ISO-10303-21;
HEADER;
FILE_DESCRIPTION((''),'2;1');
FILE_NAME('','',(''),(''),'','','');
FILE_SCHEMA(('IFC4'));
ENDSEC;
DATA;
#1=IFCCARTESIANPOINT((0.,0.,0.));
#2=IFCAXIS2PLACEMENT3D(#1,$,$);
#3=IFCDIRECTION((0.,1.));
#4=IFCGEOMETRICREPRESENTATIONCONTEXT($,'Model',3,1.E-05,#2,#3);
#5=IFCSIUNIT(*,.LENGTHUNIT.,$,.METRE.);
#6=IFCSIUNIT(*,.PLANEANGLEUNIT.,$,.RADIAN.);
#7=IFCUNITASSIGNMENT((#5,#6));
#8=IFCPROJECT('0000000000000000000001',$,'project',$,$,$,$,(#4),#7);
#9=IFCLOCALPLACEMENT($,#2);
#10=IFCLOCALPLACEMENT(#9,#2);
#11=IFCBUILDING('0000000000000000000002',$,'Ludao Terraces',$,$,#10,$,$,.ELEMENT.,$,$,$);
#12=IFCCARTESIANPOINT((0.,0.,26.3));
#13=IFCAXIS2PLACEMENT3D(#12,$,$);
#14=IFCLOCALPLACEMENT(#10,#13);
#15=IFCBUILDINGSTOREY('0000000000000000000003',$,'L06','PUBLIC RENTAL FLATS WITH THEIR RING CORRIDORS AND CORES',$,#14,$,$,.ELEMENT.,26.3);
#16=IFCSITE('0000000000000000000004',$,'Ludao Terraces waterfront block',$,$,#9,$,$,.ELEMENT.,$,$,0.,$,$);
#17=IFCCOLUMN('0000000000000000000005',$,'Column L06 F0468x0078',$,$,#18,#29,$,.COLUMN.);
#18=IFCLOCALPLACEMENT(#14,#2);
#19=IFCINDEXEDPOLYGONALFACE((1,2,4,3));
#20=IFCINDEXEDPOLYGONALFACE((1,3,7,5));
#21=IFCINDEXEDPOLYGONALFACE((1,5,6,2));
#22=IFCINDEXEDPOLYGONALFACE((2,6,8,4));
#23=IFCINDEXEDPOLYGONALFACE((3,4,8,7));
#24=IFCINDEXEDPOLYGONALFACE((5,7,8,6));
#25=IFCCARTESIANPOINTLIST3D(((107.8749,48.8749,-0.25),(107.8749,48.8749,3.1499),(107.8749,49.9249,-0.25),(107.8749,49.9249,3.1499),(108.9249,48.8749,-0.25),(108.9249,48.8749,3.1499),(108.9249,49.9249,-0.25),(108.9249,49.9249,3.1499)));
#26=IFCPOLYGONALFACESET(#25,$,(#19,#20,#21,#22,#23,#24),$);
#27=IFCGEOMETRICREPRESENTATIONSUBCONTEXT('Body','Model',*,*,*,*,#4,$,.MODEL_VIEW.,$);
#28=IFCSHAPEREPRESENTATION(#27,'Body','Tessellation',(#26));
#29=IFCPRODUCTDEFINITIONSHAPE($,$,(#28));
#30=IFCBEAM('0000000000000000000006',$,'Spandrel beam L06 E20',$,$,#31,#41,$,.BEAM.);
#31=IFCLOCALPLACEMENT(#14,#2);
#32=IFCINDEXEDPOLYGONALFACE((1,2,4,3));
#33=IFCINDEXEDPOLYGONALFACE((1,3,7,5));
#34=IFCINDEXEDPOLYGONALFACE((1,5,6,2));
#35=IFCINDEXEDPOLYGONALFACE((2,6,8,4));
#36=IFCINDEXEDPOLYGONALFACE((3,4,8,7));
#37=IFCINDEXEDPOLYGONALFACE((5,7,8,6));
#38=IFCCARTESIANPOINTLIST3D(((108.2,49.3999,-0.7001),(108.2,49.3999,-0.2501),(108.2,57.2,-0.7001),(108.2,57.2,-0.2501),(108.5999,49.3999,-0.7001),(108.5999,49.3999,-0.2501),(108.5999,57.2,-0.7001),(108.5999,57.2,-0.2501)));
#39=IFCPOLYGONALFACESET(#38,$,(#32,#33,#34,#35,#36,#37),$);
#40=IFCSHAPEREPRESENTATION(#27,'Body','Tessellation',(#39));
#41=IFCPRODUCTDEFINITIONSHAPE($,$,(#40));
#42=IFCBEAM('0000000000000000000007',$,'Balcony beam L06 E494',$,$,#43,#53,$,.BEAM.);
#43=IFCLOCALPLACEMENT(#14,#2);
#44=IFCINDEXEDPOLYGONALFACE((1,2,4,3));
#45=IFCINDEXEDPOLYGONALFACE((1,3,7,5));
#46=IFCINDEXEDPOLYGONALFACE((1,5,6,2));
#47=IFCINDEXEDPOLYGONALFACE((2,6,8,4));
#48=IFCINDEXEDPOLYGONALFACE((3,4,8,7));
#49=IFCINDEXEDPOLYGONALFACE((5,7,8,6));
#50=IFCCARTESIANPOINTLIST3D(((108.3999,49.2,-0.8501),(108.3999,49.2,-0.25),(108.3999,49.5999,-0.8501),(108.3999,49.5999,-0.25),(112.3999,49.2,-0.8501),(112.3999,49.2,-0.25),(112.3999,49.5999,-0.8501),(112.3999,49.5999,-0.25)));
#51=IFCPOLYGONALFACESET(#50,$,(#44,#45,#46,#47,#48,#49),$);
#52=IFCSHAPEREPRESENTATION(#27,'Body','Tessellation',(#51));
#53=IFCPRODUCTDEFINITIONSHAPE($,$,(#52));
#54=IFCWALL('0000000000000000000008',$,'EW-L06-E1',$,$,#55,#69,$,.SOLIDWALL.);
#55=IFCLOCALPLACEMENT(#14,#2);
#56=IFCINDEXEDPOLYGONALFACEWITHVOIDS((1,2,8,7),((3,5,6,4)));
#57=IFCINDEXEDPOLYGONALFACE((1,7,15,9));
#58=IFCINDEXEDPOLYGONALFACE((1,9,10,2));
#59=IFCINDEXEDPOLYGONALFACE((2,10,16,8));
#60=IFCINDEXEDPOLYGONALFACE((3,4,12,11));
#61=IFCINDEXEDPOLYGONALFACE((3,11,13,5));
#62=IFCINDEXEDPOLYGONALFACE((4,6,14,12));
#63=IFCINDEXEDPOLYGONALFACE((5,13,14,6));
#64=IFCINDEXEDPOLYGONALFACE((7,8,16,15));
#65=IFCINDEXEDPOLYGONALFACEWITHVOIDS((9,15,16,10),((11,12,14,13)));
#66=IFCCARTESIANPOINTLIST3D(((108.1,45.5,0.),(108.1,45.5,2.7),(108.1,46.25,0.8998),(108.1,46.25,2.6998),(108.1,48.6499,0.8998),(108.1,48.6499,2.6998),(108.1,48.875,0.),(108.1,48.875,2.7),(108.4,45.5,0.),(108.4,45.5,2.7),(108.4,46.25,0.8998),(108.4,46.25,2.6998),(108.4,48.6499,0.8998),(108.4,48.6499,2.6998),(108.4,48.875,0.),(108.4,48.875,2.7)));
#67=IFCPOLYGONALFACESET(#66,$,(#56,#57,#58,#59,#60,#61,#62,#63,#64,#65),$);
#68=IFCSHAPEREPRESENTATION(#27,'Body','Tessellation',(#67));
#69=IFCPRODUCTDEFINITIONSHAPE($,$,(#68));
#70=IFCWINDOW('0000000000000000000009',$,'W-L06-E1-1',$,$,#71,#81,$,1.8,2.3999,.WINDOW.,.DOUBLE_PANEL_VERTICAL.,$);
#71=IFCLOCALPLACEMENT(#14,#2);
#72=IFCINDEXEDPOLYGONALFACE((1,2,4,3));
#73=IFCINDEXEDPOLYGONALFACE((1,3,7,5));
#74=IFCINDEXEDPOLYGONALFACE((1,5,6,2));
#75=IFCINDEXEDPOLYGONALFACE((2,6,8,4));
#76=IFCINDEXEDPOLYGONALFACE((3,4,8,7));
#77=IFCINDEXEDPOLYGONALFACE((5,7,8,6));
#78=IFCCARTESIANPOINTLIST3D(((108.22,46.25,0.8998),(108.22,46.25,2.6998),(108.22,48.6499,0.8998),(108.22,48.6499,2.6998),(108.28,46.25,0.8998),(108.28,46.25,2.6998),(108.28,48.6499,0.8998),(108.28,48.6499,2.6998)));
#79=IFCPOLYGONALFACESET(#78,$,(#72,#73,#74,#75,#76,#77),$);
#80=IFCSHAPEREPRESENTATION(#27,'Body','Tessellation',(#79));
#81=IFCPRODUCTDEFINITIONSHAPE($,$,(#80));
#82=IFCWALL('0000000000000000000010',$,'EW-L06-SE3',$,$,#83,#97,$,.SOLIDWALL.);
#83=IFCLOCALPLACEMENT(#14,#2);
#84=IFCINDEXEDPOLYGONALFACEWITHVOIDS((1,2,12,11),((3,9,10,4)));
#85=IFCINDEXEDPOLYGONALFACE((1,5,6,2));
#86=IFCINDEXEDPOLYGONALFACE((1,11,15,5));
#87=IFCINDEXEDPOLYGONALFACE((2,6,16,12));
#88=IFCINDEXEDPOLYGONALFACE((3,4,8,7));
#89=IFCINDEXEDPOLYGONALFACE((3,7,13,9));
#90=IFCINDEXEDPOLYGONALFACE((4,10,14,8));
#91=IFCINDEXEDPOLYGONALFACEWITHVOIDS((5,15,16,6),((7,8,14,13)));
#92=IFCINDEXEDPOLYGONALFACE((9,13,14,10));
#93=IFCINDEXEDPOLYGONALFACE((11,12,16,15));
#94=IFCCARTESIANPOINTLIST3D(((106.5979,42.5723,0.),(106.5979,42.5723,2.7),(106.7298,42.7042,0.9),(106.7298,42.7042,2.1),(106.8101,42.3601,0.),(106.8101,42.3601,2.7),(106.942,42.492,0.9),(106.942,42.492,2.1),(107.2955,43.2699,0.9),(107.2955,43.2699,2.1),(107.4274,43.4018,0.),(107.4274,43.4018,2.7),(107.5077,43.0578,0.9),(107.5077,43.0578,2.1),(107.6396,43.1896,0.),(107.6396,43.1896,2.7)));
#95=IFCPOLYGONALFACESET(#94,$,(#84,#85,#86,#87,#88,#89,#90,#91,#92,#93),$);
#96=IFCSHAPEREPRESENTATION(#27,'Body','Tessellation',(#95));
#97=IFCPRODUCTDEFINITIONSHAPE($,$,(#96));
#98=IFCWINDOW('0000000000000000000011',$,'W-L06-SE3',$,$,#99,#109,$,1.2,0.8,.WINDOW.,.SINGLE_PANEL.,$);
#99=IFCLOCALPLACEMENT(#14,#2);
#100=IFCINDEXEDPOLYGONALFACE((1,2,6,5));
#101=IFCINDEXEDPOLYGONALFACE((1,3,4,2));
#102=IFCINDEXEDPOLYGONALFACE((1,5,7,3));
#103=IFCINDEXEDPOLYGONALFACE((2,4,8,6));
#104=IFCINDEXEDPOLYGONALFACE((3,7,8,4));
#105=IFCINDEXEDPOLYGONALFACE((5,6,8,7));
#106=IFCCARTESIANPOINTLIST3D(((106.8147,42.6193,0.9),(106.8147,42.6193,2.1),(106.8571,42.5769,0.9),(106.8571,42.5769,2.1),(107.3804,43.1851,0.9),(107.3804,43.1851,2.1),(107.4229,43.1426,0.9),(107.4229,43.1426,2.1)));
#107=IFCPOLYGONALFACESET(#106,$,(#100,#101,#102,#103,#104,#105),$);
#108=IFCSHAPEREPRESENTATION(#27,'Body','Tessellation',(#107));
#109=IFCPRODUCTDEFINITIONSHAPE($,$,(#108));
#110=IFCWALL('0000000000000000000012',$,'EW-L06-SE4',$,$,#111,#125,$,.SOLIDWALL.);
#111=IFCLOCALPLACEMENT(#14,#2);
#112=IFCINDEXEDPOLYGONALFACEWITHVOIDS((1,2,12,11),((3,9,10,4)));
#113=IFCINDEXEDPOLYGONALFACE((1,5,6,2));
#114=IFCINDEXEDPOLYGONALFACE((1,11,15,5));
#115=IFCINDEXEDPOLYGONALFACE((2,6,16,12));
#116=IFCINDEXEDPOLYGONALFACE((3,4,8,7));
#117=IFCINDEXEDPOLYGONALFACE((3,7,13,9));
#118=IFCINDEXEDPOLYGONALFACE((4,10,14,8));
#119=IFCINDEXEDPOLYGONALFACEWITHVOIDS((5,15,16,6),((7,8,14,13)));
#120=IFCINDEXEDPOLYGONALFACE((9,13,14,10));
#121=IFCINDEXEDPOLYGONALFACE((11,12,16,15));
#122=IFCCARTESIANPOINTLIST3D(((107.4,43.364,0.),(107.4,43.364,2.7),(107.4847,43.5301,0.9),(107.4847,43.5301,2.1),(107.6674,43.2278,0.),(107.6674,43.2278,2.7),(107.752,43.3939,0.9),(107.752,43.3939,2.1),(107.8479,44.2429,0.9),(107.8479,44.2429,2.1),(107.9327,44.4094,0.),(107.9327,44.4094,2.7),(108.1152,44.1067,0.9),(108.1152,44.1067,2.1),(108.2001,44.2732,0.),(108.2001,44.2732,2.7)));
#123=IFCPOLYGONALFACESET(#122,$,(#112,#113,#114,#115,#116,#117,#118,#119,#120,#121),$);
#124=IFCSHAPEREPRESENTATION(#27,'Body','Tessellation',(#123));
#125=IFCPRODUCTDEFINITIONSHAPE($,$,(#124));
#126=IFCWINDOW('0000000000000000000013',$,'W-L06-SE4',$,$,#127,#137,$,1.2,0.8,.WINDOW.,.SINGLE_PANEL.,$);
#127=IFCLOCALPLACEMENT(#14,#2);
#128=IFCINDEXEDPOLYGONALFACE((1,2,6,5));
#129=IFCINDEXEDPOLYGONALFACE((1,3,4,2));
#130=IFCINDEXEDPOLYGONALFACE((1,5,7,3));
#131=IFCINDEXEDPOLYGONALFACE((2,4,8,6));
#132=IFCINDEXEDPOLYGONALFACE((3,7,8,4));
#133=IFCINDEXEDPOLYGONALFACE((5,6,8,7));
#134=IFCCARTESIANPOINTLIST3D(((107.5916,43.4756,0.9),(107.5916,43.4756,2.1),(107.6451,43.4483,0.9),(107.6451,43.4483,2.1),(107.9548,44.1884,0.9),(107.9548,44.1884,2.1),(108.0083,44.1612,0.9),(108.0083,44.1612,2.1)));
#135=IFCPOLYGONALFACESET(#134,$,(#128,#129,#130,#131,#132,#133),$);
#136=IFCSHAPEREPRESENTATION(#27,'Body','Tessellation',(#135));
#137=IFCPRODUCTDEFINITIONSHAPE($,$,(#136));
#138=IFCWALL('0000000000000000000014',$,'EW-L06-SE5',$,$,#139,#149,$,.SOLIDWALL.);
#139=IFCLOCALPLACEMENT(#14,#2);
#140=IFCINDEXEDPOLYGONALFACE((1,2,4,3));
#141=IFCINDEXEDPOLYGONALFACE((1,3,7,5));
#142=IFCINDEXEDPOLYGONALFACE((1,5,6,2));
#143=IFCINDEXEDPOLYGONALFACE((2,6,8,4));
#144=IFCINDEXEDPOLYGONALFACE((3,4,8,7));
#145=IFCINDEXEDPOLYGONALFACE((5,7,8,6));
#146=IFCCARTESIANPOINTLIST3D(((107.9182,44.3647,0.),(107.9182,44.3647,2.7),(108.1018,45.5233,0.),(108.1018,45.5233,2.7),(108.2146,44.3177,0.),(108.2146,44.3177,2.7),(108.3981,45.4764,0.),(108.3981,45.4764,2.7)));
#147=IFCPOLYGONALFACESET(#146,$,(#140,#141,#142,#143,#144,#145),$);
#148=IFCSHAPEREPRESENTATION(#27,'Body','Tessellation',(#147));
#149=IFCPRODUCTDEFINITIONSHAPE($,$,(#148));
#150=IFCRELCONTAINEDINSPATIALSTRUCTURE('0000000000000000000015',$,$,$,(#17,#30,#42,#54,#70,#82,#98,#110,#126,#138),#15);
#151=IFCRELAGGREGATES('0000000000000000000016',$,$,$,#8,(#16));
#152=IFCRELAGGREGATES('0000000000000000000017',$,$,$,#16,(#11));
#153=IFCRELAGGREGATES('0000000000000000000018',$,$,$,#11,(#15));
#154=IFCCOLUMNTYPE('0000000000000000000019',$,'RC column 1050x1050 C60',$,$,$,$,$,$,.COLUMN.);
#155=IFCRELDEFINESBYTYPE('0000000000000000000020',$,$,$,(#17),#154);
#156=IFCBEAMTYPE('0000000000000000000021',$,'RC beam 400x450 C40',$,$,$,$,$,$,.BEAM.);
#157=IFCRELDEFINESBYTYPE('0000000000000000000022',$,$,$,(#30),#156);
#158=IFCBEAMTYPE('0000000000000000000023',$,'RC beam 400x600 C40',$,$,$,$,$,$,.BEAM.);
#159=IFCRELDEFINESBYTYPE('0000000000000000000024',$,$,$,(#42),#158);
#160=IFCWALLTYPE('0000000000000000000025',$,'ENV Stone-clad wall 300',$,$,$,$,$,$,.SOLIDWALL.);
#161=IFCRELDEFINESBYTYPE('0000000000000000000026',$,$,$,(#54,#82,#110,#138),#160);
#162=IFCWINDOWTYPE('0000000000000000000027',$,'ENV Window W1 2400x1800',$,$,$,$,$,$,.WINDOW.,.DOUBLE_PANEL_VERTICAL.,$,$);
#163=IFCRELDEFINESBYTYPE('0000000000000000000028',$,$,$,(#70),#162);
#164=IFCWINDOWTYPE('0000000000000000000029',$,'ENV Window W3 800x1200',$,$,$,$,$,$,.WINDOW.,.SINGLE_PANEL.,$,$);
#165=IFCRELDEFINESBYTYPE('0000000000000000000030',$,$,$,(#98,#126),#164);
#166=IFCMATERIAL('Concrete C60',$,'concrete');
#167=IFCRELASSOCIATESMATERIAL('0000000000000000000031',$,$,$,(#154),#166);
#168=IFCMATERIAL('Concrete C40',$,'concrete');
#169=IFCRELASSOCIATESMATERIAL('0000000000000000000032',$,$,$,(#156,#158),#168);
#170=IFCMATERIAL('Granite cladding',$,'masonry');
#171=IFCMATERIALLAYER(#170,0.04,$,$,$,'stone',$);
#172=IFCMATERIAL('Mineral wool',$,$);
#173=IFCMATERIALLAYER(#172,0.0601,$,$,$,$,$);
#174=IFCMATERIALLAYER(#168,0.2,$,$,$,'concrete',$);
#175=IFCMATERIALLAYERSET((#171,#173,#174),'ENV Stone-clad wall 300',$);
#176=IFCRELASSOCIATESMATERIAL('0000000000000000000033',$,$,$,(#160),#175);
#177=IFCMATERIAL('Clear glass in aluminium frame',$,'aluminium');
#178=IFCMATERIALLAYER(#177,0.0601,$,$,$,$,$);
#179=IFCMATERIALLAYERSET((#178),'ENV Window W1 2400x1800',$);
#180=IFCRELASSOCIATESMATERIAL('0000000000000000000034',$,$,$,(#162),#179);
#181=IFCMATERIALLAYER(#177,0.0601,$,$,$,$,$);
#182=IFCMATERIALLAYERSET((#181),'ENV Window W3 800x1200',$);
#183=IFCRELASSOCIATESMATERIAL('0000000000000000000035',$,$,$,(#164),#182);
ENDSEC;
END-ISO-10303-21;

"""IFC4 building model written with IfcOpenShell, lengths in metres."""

from ifc_helpers import new_model, si_unit, direction, frame, frame_2d, origin, origin_2d, place, context, subcontext, project, spatial, rectangle, extrude, material, layer, layer_set, material_profile, profile_set, type_object, element, fill, save


model = new_model("IFC4")

# Units and contexts
model_context = context("Model", 3, precision=1e-05, world=origin(), true_north=direction((0.0, 1.0)))
body_context = subcontext(model_context, "Body", "Model", "MODEL_VIEW")
ifc_project = project(units=[si_unit("LENGTHUNIT", "METRE"), si_unit("PLANEANGLEUNIT", "RADIAN")], contexts=[model_context])

# Site, building, storey
site_placement = place(None, origin())
site = spatial("IfcSite", under=ifc_project, at=site_placement, Name="Ludao Terraces waterfront block", CompositionType="ELEMENT", RefElevation=0.0)
building_placement = place(site_placement, origin())
building = spatial("IfcBuilding", under=site, at=building_placement, Name="Ludao Terraces", CompositionType="ELEMENT")
storey_placement = place(building_placement, frame((0.0, 0.0, 26.3)))
storey = spatial("IfcBuildingStorey", under=building, at=storey_placement, Name="L06", Description="PUBLIC RENTAL FLATS WITH THEIR RING CORRIDORS AND CORES", CompositionType="ELEMENT", Elevation=26.3)

# Column
ifc_material_1 = material(Name="Concrete C60", Category="concrete")
ifc_material_profile_1 = material_profile(ifc_material_1, rectangle(XDim=1.05, YDim=1.05, at=origin_2d()), Name="1050 X 1050")
ifc_profile_set_1 = profile_set([ifc_material_profile_1], Name="Concrete C60")
column_type = type_object("IfcColumnType", Name="RC column 1050x1050 C60", PredefinedType="COLUMN", material=ifc_profile_set_1)
column_placement = place(storey_placement, frame((108.3999, 49.3999, -0.25), z_axis=(0.0, 0.0, 1.0), x_axis=(1.0, 0.0, 0.0)))
element("IfcColumn", 1, at=column_placement, inside=storey, type_object=column_type, Name="Column L06 F0468x0078", PredefinedType="COLUMN", context=body_context, shape_type="SweptSolid", body=[
    extrude(rectangle(XDim=1.05, YDim=1.05, at=origin_2d()), origin(), (0.0, 0.0, 1.0), 3.3999),
])

# Beams
ifc_material_2 = material(Name="Concrete C40", Category="concrete")
ifc_material_profile_2 = material_profile(ifc_material_2, rectangle(XDim=0.3999, YDim=0.45, at=origin_2d()), Name="400 X 450")
ifc_profile_set_2 = profile_set([ifc_material_profile_2], Name="Concrete C40")
beam_type_1 = type_object("IfcBeamType", Name="RC beam 400x450 C40", PredefinedType="BEAM", material=ifc_profile_set_2)
beam_1_placement = place(storey_placement, frame((108.3999, 49.3999, -0.4751), z_axis=(0.0, 1.0, 0.0), x_axis=(-1.0, 0.0, 0.0)))
element("IfcBeam", 2, at=beam_1_placement, inside=storey, type_object=beam_type_1, Name="Spandrel beam L06 E20", PredefinedType="BEAM", context=body_context, shape_type="SweptSolid", body=[
    extrude(rectangle(XDim=0.3999, YDim=0.45, at=origin_2d()), origin(), (0.0, 0.0, 1.0), 7.8),
])
ifc_material_profile_3 = material_profile(ifc_material_2, rectangle(XDim=0.3999, YDim=0.6001, at=origin_2d()), Name="400 X 600")
ifc_profile_set_3 = profile_set([ifc_material_profile_3], Name="Concrete C40")
beam_type_2 = type_object("IfcBeamType", Name="RC beam 400x600 C40", PredefinedType="BEAM", material=ifc_profile_set_3)
beam_2_placement = place(storey_placement, frame((108.3999, 49.3999, -0.55), z_axis=(1.0, 0.0, 0.0), x_axis=(0.0, 1.0, 0.0)))
element("IfcBeam", 3, at=beam_2_placement, inside=storey, type_object=beam_type_2, Name="Balcony beam L06 E494", PredefinedType="BEAM", context=body_context, shape_type="SweptSolid", body=[
    extrude(rectangle(XDim=0.3999, YDim=0.6001, at=origin_2d()), origin(), (0.0, 0.0, 1.0), 4.0),
])

# Walls, openings, windows
ifc_material_3 = material(Name="Granite cladding", Category="masonry")
ifc_layer_1 = layer(ifc_material_3, 0.04, Category="stone")
ifc_material_4 = material(Name="Mineral wool")
ifc_layer_2 = layer(ifc_material_4, 0.0601)
ifc_layer_3 = layer(ifc_material_2, 0.2, Category="concrete")
ifc_layer_set_1 = layer_set([ifc_layer_1, ifc_layer_2, ifc_layer_3], Name="ENV Stone-clad wall 300")
wall_type = type_object("IfcWallType", Name="ENV Stone-clad wall 300", PredefinedType="SOLIDWALL", material=ifc_layer_set_1)
wall_1_placement = place(storey_placement, frame((108.25, 45.5, 0.0), z_axis=(0.0, 0.0, 1.0), x_axis=(0.0, 1.0, 0.0)))
wall_1 = element("IfcWall", 4, at=wall_1_placement, inside=storey, type_object=wall_type, Name="EW-L06-E1", PredefinedType="SOLIDWALL", context=body_context, shape_type="SweptSolid", body=[
    extrude(rectangle(XDim=3.375, YDim=0.3, at=frame_2d((1.6875, 0.0))), origin(), (0.0, 0.0, 1.0), 2.7),
])
opening_1_placement = place(wall_1_placement, frame((0.75, 0.0, 0.8999)))
opening_1 = element("IfcOpeningElement", 5, at=opening_1_placement, cuts=wall_1, PredefinedType="OPENING", context=body_context, shape_type="SweptSolid", body=[
    extrude(rectangle(XDim=2.3999, YDim=1.8, at=frame_2d((1.2, 0.8999))), frame((0.0, 0.1602, 0.0), z_axis=(0.0, -1.0, 0.0), x_axis=(1.0, 0.0, 0.0)), (0.0, 0.0, 1.0), 0.3201),
])
ifc_material_5 = material(Name="Clear glass in aluminium frame", Category="aluminium")
ifc_layer_4 = layer(ifc_material_5, 0.0601)
ifc_layer_set_2 = layer_set([ifc_layer_4], Name="ENV Window W1 2400x1800")
window_type_1 = type_object("IfcWindowType", Name="ENV Window W1 2400x1800", PartitioningType="DOUBLE_PANEL_VERTICAL", PredefinedType="WINDOW", material=ifc_layer_set_2)
window_1_placement = place(opening_1_placement, origin())
window_1 = element("IfcWindow", 6, at=window_1_placement, inside=storey, type_object=window_type_1, Name="W-L06-E1-1", OverallHeight=1.8, OverallWidth=2.3999, PartitioningType="DOUBLE_PANEL_VERTICAL", PredefinedType="WINDOW", context=body_context, shape_type="SweptSolid", body=[
    extrude(rectangle(XDim=2.3999, YDim=1.8, at=frame_2d((1.2, 0.8999))), frame((0.0, 0.03, 0.0), z_axis=(0.0, -1.0, 0.0), x_axis=(1.0, 0.0, 0.0)), (0.0, 0.0, 1.0), 0.0601),
])
fill(opening_1, window_1)
wall_2_placement = place(storey_placement, frame((106.7041, 42.4663, 0.0), z_axis=(0.0, 0.0, 1.0), x_axis=(0.707107, 0.707107, 0.0)))
wall_2 = element("IfcWall", 7, at=wall_2_placement, inside=storey, type_object=wall_type, Name="EW-L06-SE3", PredefinedType="SOLIDWALL", context=body_context, shape_type="SweptSolid", body=[
    extrude(rectangle(XDim=1.1731, YDim=0.3, at=frame_2d((0.5864, 0.0))), origin(), (0.0, 0.0, 1.0), 2.7),
])
opening_2_placement = place(wall_2_placement, frame((0.1865, 0.0, 0.8999)))
opening_2 = element("IfcOpeningElement", 8, at=opening_2_placement, cuts=wall_2, PredefinedType="OPENING", context=body_context, shape_type="SweptSolid", body=[
    extrude(rectangle(XDim=0.8, YDim=1.2, at=frame_2d((0.3999, 0.6001))), frame((0.0, 0.1602, 0.0), z_axis=(0.0, -1.0, 0.0), x_axis=(1.0, 0.0, 0.0)), (0.0, 0.0, 1.0), 0.3201),
])
ifc_layer_5 = layer(ifc_material_5, 0.0601)
ifc_layer_set_3 = layer_set([ifc_layer_5], Name="ENV Window W3 800x1200")
window_type_2 = type_object("IfcWindowType", Name="ENV Window W3 800x1200", PartitioningType="SINGLE_PANEL", PredefinedType="WINDOW", material=ifc_layer_set_3)
window_2_placement = place(opening_2_placement, origin())
window_2 = element("IfcWindow", 9, at=window_2_placement, inside=storey, type_object=window_type_2, Name="W-L06-SE3", OverallHeight=1.2, OverallWidth=0.8, PartitioningType="SINGLE_PANEL", PredefinedType="WINDOW", context=body_context, shape_type="SweptSolid", body=[
    extrude(rectangle(XDim=0.8, YDim=1.2, at=frame_2d((0.3999, 0.6001))), frame((0.0, 0.03, 0.0), z_axis=(0.0, -1.0, 0.0), x_axis=(1.0, 0.0, 0.0)), (0.0, 0.0, 1.0), 0.0601),
])
fill(opening_2, window_2)
wall_3_placement = place(storey_placement, frame((107.5337, 43.2959, 0.0), z_axis=(0.0, 0.0, 1.0), x_axis=(0.454026, 0.890989, 0.0)))
wall_3 = element("IfcWall", 10, at=wall_3_placement, inside=storey, type_object=wall_type, Name="EW-L06-SE4", PredefinedType="SOLIDWALL", context=body_context, shape_type="SweptSolid", body=[
    extrude(rectangle(XDim=1.1733, YDim=0.3, at=frame_2d((0.5867, 0.0))), origin(), (0.0, 0.0, 1.0), 2.7),
])
opening_3_placement = place(wall_3_placement, frame((0.1865, 0.0, 0.8999)))
opening_3 = element("IfcOpeningElement", 11, at=opening_3_placement, cuts=wall_3, PredefinedType="OPENING", context=body_context, shape_type="SweptSolid", body=[
    extrude(rectangle(XDim=0.8, YDim=1.2, at=frame_2d((0.3999, 0.6001))), frame((0.0, 0.1602, 0.0), z_axis=(0.0, -1.0, 0.0), x_axis=(1.0, 0.0, 0.0)), (0.0, 0.0, 1.0), 0.3201),
])
window_3_placement = place(opening_3_placement, origin())
window_3 = element("IfcWindow", 12, at=window_3_placement, inside=storey, type_object=window_type_2, Name="W-L06-SE4", OverallHeight=1.2, OverallWidth=0.8, PartitioningType="SINGLE_PANEL", PredefinedType="WINDOW", context=body_context, shape_type="SweptSolid", body=[
    extrude(rectangle(XDim=0.8, YDim=1.2, at=frame_2d((0.3999, 0.6001))), frame((0.0, 0.03, 0.0), z_axis=(0.0, -1.0, 0.0), x_axis=(1.0, 0.0, 0.0)), (0.0, 0.0, 1.0), 0.0601),
])
fill(opening_3, window_3)

# Wall
wall_4_placement = place(storey_placement, frame((108.0664, 44.3413, 0.0), z_axis=(0.0, 0.0, 1.0), x_axis=(0.156497, 0.987678, 0.0)))
element("IfcWall", 13, at=wall_4_placement, inside=storey, type_object=wall_type, Name="EW-L06-SE5", PredefinedType="SOLIDWALL", context=body_context, shape_type="SweptSolid", body=[
    extrude(rectangle(XDim=1.1731, YDim=0.3, at=frame_2d((0.5864, 0.0))), origin(), (0.0, 0.0, 1.0), 2.7),
])

save(model, "model.ifc")
